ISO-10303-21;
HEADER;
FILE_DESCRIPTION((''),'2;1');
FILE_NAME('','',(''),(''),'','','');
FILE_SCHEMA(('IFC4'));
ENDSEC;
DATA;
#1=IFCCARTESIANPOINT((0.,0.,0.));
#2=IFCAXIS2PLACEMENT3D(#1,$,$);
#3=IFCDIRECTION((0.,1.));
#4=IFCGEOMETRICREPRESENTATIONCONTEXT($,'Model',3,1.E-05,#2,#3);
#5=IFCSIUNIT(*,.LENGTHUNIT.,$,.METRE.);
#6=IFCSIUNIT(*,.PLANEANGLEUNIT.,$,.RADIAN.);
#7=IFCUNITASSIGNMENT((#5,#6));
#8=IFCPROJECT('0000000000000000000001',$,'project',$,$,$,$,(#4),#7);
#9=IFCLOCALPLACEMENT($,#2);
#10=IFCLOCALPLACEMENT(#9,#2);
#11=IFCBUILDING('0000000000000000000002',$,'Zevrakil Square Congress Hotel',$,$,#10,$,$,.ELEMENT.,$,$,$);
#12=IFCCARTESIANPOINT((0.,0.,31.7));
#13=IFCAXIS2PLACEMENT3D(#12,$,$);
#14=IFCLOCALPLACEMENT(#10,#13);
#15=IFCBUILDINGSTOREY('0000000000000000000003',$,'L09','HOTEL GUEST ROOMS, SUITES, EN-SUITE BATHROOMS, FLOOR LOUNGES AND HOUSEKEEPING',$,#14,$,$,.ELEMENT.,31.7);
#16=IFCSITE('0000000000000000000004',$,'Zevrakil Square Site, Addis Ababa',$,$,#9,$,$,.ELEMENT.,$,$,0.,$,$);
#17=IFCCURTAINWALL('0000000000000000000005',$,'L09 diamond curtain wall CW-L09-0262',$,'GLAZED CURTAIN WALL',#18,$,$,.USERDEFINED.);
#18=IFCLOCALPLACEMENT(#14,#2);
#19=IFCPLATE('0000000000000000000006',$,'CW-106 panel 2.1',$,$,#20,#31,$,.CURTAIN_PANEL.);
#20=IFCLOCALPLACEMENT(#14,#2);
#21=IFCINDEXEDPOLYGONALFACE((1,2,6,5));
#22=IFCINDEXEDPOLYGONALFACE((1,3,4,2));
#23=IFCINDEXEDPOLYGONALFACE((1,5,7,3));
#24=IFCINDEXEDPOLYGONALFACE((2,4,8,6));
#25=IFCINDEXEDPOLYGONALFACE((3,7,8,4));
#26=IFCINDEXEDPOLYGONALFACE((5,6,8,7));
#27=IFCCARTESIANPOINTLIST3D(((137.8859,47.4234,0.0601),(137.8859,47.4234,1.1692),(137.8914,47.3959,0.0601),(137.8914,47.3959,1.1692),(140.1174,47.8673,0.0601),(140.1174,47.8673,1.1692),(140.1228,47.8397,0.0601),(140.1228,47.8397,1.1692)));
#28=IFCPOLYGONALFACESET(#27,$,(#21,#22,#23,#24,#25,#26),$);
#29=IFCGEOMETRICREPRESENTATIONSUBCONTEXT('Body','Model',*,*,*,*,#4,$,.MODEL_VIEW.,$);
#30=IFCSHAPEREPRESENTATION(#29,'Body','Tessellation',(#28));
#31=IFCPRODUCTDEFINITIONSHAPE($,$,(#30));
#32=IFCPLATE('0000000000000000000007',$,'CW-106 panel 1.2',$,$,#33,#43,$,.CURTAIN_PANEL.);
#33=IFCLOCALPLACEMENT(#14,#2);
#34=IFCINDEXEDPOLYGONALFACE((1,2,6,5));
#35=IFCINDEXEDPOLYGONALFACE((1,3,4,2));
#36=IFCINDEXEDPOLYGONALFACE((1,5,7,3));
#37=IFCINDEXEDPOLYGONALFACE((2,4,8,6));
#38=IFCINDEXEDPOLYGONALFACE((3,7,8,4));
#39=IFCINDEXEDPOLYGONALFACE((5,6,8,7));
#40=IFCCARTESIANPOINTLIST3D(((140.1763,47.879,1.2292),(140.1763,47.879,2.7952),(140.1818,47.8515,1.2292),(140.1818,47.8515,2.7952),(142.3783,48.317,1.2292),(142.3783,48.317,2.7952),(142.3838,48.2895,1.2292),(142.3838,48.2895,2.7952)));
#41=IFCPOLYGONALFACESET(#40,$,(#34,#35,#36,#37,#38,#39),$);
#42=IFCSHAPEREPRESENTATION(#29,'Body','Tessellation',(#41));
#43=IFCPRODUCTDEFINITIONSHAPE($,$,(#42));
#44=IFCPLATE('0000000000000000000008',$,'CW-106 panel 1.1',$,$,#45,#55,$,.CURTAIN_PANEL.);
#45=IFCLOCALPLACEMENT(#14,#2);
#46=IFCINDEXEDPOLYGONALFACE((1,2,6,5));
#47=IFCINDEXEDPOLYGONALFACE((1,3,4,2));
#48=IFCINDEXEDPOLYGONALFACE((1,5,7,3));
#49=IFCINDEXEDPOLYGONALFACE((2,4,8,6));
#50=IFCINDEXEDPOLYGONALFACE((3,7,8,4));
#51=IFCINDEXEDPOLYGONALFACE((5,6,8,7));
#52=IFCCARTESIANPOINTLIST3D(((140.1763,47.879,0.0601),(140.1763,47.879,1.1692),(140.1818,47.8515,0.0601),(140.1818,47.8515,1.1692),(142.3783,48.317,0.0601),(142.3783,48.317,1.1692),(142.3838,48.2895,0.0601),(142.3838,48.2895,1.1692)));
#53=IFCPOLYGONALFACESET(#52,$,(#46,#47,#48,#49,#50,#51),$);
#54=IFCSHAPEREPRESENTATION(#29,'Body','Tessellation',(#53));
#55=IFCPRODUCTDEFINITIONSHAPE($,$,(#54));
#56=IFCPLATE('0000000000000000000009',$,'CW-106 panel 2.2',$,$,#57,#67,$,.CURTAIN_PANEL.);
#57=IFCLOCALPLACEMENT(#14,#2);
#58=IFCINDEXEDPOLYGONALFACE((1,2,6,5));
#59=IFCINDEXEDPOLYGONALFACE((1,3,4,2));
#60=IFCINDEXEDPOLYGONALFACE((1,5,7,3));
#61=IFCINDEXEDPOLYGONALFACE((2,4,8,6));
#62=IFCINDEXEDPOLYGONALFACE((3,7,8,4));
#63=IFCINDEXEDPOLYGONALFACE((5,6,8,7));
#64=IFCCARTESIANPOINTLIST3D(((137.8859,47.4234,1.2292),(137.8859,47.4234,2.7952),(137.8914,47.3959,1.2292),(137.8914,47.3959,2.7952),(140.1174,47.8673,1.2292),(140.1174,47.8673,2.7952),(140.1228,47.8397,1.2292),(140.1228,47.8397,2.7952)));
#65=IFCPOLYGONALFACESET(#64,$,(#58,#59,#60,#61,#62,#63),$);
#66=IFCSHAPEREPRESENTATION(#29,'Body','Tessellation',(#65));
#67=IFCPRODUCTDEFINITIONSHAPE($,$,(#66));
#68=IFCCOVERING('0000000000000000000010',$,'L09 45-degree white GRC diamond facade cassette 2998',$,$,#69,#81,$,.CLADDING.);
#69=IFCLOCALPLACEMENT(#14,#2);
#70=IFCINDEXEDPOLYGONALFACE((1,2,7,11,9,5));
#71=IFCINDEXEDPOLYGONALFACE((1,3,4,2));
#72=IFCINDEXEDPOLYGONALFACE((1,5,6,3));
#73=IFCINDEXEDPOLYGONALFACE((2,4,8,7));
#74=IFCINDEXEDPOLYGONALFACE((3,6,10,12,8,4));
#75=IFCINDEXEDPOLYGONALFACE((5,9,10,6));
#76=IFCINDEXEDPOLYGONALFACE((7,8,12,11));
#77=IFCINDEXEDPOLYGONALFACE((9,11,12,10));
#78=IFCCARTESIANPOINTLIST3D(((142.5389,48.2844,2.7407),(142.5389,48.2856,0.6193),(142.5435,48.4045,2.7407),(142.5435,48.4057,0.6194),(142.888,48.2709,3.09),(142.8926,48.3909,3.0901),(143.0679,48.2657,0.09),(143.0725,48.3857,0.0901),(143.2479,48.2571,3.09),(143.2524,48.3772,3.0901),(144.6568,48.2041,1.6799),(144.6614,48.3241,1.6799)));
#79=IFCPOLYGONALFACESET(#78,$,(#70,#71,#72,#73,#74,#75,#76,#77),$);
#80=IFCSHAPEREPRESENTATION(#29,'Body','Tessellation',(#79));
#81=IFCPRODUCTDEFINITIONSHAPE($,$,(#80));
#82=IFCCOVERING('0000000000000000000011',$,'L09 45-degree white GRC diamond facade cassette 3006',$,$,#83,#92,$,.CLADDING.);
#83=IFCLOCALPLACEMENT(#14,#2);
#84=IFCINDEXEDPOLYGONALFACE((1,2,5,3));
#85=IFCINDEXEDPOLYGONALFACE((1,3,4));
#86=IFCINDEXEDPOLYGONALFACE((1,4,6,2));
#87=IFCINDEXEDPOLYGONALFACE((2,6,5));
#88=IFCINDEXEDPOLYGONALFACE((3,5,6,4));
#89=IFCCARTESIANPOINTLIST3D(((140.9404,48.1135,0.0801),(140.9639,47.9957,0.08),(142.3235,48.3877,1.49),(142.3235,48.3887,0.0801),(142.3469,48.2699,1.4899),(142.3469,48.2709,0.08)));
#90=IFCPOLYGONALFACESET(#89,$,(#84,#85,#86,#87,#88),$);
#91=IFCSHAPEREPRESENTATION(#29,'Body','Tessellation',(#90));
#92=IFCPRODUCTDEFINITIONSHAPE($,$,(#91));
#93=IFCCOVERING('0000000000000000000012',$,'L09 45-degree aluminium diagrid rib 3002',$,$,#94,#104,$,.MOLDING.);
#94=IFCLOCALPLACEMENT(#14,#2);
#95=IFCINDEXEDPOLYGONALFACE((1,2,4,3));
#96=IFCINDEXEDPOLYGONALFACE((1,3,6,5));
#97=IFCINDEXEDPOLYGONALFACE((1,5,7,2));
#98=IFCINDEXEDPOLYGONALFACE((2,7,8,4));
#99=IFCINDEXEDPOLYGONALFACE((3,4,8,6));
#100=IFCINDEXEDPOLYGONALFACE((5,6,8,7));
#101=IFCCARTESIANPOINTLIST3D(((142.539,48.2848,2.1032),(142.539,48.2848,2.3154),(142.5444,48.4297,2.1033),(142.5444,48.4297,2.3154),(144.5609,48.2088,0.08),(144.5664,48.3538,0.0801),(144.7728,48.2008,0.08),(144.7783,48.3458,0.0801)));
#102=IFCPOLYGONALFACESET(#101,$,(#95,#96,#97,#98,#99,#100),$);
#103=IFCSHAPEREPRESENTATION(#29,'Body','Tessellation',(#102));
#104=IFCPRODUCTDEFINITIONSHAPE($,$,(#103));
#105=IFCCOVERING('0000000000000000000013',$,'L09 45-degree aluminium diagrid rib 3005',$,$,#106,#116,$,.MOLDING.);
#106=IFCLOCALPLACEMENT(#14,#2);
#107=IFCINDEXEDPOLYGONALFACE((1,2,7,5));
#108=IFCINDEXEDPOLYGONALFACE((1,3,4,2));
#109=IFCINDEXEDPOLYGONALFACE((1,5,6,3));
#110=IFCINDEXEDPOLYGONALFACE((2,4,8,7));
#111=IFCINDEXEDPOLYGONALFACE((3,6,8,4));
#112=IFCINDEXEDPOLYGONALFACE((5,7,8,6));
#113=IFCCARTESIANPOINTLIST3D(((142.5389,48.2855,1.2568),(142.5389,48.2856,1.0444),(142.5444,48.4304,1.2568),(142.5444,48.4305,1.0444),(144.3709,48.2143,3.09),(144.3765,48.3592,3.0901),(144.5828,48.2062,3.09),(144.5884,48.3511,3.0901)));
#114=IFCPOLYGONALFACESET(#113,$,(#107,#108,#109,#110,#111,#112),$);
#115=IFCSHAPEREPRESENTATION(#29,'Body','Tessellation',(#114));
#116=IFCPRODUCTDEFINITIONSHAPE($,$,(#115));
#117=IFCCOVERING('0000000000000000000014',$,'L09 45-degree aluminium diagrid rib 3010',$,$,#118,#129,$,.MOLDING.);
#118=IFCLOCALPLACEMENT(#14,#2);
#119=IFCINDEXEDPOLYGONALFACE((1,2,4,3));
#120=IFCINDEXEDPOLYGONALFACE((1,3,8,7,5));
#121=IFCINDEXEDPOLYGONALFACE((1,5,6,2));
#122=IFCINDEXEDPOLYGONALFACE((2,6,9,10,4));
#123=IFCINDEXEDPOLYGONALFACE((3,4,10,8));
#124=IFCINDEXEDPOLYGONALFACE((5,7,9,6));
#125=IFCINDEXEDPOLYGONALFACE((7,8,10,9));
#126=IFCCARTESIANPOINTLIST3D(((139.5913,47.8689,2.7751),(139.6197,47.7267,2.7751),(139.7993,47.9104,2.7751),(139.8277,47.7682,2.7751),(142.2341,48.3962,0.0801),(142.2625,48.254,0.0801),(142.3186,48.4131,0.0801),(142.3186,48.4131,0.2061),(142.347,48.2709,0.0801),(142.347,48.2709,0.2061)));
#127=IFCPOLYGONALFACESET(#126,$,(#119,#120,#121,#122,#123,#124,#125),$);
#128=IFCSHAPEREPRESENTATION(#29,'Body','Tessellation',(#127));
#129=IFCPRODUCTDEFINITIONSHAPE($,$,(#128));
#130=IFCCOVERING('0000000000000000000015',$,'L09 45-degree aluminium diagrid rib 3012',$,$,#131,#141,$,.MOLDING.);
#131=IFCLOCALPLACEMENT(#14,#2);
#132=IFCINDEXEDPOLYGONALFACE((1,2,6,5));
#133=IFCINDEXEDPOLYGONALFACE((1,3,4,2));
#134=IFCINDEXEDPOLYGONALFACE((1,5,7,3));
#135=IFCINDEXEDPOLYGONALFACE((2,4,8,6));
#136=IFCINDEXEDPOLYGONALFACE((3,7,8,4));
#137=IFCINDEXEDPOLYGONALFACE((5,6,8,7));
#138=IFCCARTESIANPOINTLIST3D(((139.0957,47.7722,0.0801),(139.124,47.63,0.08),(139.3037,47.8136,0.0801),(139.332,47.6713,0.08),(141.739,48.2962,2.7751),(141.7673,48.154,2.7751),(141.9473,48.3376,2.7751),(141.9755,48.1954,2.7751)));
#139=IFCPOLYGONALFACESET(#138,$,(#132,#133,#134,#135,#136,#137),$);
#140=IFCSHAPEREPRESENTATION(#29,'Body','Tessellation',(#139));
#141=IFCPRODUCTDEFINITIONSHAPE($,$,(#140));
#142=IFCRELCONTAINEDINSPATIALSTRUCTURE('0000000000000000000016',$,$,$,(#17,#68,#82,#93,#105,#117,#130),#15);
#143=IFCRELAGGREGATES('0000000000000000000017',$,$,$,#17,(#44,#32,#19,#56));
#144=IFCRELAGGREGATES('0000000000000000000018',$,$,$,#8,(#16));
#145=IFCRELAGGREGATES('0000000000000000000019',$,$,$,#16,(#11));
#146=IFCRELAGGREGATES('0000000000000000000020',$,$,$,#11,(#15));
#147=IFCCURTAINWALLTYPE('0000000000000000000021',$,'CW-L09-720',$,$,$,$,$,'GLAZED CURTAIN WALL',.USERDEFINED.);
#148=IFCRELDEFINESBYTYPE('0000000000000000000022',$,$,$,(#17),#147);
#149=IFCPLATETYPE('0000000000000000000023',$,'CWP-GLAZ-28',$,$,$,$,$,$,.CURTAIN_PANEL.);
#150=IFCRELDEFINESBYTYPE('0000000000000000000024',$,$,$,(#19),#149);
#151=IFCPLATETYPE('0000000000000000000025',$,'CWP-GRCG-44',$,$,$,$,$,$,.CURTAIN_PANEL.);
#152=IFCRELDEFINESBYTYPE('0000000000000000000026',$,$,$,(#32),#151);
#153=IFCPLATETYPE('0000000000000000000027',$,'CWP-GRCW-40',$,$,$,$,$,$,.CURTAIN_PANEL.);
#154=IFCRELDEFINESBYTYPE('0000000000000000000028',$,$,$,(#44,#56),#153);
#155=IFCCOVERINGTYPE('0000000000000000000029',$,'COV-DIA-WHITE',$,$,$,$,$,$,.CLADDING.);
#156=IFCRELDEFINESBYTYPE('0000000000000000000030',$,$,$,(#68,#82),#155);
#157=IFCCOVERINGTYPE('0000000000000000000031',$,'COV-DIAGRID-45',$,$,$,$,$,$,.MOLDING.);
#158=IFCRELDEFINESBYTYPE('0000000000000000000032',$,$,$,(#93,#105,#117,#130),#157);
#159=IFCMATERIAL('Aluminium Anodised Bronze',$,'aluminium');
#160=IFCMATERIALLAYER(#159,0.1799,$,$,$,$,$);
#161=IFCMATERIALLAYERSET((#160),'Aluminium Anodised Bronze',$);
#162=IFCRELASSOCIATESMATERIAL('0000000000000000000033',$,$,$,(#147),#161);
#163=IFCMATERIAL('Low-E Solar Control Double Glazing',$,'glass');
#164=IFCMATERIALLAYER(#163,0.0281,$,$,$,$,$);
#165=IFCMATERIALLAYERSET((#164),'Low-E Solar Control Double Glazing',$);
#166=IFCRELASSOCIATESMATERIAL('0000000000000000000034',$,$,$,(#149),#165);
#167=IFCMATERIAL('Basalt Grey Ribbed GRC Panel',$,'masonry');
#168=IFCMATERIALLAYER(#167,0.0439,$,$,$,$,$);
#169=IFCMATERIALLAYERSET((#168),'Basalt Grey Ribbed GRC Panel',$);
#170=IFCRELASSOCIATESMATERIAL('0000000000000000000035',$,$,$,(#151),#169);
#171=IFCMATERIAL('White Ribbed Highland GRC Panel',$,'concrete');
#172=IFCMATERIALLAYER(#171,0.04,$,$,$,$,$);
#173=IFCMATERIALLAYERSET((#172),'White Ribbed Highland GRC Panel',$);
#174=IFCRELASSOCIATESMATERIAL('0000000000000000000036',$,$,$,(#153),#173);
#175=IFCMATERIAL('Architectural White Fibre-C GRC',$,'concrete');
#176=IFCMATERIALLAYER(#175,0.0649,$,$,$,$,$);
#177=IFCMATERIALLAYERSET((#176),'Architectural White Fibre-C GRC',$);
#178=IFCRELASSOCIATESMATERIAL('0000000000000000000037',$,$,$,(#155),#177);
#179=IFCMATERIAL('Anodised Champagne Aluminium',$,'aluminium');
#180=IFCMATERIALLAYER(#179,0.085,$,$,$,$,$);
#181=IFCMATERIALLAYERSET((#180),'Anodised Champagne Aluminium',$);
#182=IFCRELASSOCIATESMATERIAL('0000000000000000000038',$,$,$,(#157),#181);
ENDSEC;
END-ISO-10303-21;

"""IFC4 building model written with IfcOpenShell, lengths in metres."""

from ifc_helpers import new_model, si_unit, direction, frame, origin, origin_2d, place, context, subcontext, project, spatial, polyline, rectangle, outline, extrude, material, layer, layer_set, type_object, element, aggregate, save


model = new_model("IFC4")

# Units and contexts
model_context = context("Model", 3, precision=1e-05, world=origin(), true_north=direction((0.0, 1.0)))
body_context = subcontext(model_context, "Body", "Model", "MODEL_VIEW")
ifc_project = project(units=[si_unit("LENGTHUNIT", "METRE"), si_unit("PLANEANGLEUNIT", "RADIAN")], contexts=[model_context])

# Site, building, storey
site_placement = place(None, origin())
site = spatial("IfcSite", under=ifc_project, at=site_placement, Name="Zevrakil Square Site, Addis Ababa", CompositionType="ELEMENT", RefElevation=0.0)
building_placement = place(site_placement, origin())
building = spatial("IfcBuilding", under=site, at=building_placement, Name="Zevrakil Square Congress Hotel", CompositionType="ELEMENT")
storey_placement = place(building_placement, frame((0.0, 0.0, 31.7)))
storey = spatial("IfcBuildingStorey", under=building, at=storey_placement, Name="L09", Description="HOTEL GUEST ROOMS, SUITES, EN-SUITE BATHROOMS, FLOOR LOUNGES AND HOUSEKEEPING", CompositionType="ELEMENT", Elevation=31.7)

# Curtain wall
ifc_material_1 = material(Name="Aluminium Anodised Bronze", Category="aluminium")
ifc_layer_1 = layer(ifc_material_1, 0.1799)
ifc_layer_set_1 = layer_set([ifc_layer_1], Name="Aluminium Anodised Bronze")
curtain_wall_type_1 = type_object("IfcCurtainWallType", Name="CW-L09-720", ElementType="GLAZED CURTAIN WALL", PredefinedType="USERDEFINED", material=ifc_layer_set_1)
curtain_wall_1_placement = place(storey_placement, origin())
curtain_wall_1 = element("IfcCurtainWall", 1, at=curtain_wall_1_placement, inside=storey, type_object=curtain_wall_type_1, Name="L09 diamond curtain wall CW-L09-0262", ObjectType="GLAZED CURTAIN WALL", PredefinedType="USERDEFINED")

# Plates
ifc_material_2 = material(Name="Low-E Solar Control Double Glazing", Category="glass")
ifc_layer_2 = layer(ifc_material_2, 0.0281)
ifc_layer_set_2 = layer_set([ifc_layer_2], Name="Low-E Solar Control Double Glazing")
plate_type_1 = type_object("IfcPlateType", Name="CWP-GLAZ-28", PredefinedType="CURTAIN_PANEL", material=ifc_layer_set_2)
plate_1_placement = place(storey_placement, frame((139.0044, 47.6316, 0.0601), z_axis=(0.0, 0.0, 1.0), x_axis=(-0.980787, -0.195084, 0.0)))
plate_1 = element("IfcPlate", 2, at=plate_1_placement, type_object=plate_type_1, Name="CW-106 panel 2.1", PredefinedType="CURTAIN_PANEL", context=body_context, shape_type="SweptSolid", body=[
    extrude(rectangle(XDim=2.2751, YDim=0.0281, at=origin_2d()), origin(), (0.0, 0.0, 1.0), 1.1091),
])
ifc_material_3 = material(Name="Basalt Grey Ribbed GRC Panel", Category="masonry")
ifc_layer_3 = layer(ifc_material_3, 0.0439)
ifc_layer_set_3 = layer_set([ifc_layer_3], Name="Basalt Grey Ribbed GRC Panel")
plate_type_2 = type_object("IfcPlateType", Name="CWP-GRCG-44", PredefinedType="CURTAIN_PANEL", material=ifc_layer_set_3)
plate_2_placement = place(storey_placement, frame((141.28, 48.0842, 1.2292), z_axis=(0.0, 0.0, 1.0), x_axis=(-0.980787, -0.195084, 0.0)))
plate_2 = element("IfcPlate", 3, at=plate_2_placement, type_object=plate_type_2, Name="CW-106 panel 1.2", PredefinedType="CURTAIN_PANEL", context=body_context, shape_type="SweptSolid", body=[
    extrude(rectangle(XDim=2.2451, YDim=0.0281, at=origin_2d()), origin(), (0.0, 0.0, 1.0), 1.5659),
])
ifc_material_4 = material(Name="White Ribbed Highland GRC Panel", Category="concrete")
ifc_layer_4 = layer(ifc_material_4, 0.04)
ifc_layer_set_4 = layer_set([ifc_layer_4], Name="White Ribbed Highland GRC Panel")
plate_type_3 = type_object("IfcPlateType", Name="CWP-GRCW-40", PredefinedType="CURTAIN_PANEL", material=ifc_layer_set_4)
plate_3_placement = place(storey_placement, frame((141.28, 48.0842, 0.0601), z_axis=(0.0, 0.0, 1.0), x_axis=(-0.980787, -0.195084, 0.0)))
plate_3 = element("IfcPlate", 4, at=plate_3_placement, type_object=plate_type_3, Name="CW-106 panel 1.1", PredefinedType="CURTAIN_PANEL", context=body_context, shape_type="SweptSolid", body=[
    extrude(rectangle(XDim=2.2451, YDim=0.0281, at=origin_2d()), origin(), (0.0, 0.0, 1.0), 1.1091),
])
plate_4_placement = place(storey_placement, frame((139.0044, 47.6316, 1.2292), z_axis=(0.0, 0.0, 1.0), x_axis=(-0.980787, -0.195084, 0.0)))
plate_4 = element("IfcPlate", 5, at=plate_4_placement, type_object=plate_type_3, Name="CW-106 panel 2.2", PredefinedType="CURTAIN_PANEL", context=body_context, shape_type="SweptSolid", body=[
    extrude(rectangle(XDim=2.2751, YDim=0.0281, at=origin_2d()), origin(), (0.0, 0.0, 1.0), 1.5659),
])
aggregate(curtain_wall_1, [plate_3, plate_2, plate_1, plate_4])

# Coverings
ifc_material_5 = material(Name="Architectural White Fibre-C GRC", Category="concrete")
ifc_layer_5 = layer(ifc_material_5, 0.0649)
ifc_layer_set_5 = layer_set([ifc_layer_5], Name="Architectural White Fibre-C GRC")
covering_type_1 = type_object("IfcCoveringType", Name="COV-DIA-WHITE", PredefinedType="CLADDING", material=ifc_layer_set_5)
covering_1_placement = place(storey_placement, frame((143.0725, 48.3857, 0.0901), z_axis=(0.038203, 0.99927, 0.000569), x_axis=(0.706623, -0.027418, 0.707059)))
element("IfcCovering", 6, at=covering_1_placement, inside=storey, type_object=covering_type_1, Name="L09 45-degree white GRC diamond facade cassette 2998", PredefinedType="CLADDING", context=body_context, shape_type="SweptSolid", body=[
    extrude(outline(polyline([(0.0, 0.0), (2.2485, 0.0), (2.2486, -1.9941), (1.9939, -2.2487), (1.4998, -2.2487), (-0.0001, -0.7486), (0.0, 0.0)])), origin(), (0.0, 0.0, -1.0), 0.1201),
])
covering_2_placement = place(storey_placement, frame((140.9404, 48.1135, 0.0801), z_axis=(-0.195117, 0.98078, 0.000679), x_axis=(0.98078, 0.195117, 0.0)))
element("IfcCovering", 7, at=covering_2_placement, inside=storey, type_object=covering_type_1, Name="L09 45-degree white GRC diamond facade cassette 3006", PredefinedType="CLADDING", context=body_context, shape_type="SweptSolid", body=[
    extrude(outline(polyline([(0.0, 0.0), (1.4102, 0.0), (1.41, -1.4099), (0.0, 0.0)])), origin(), (0.0, 0.0, -1.0), 0.1201),
])
ifc_material_6 = material(Name="Anodised Champagne Aluminium", Category="aluminium")
ifc_layer_6 = layer(ifc_material_6, 0.085)
ifc_layer_set_6 = layer_set([ifc_layer_6], Name="Anodised Champagne Aluminium")
covering_type_2 = type_object("IfcCoveringType", Name="COV-DIAGRID-45", PredefinedType="MOLDING", material=ifc_layer_set_6)
covering_3_placement = place(storey_placement, frame((144.5664, 48.3538, 0.0801), z_axis=(0.037769, 0.999286, 0.000222), x_axis=(0.999286, -0.037769, 0.0)))
element("IfcCovering", 8, at=covering_3_placement, inside=storey, type_object=covering_type_2, Name="L09 45-degree aluminium diagrid rib 3002", PredefinedType="MOLDING", context=body_context, shape_type="SweptSolid", body=[
    extrude(outline(polyline([(0.0, 0.0), (0.2121, 0.0), (-2.0234, -2.2354), (-2.0234, -2.0232), (0.0, 0.0)])), origin(), (0.0, 0.0, -1.0), 0.145),
])
covering_4_placement = place(storey_placement, frame((144.5884, 48.3511, 3.0901), z_axis=(0.038413, 0.999262, 0.000422), x_axis=(-0.999262, 0.038413, 0.0)))
element("IfcCovering", 9, at=covering_4_placement, inside=storey, type_object=covering_type_2, Name="L09 45-degree aluminium diagrid rib 3005", PredefinedType="MOLDING", context=body_context, shape_type="SweptSolid", body=[
    extrude(outline(polyline([(0.0, 0.0), (0.2121, 0.0), (2.0455, -1.8333), (2.0455, -2.0457), (0.0, 0.0)])), origin(), (0.0, 0.0, -1.0), 0.145),
])
covering_5_placement = place(storey_placement, frame((142.2341, 48.3962, 0.0801), z_axis=(-0.195654, 0.980673, 0.000025), x_axis=(0.980673, 0.195654, 0.0)))
element("IfcCovering", 10, at=covering_5_placement, inside=storey, type_object=covering_type_2, Name="L09 45-degree aluminium diagrid rib 3010", PredefinedType="MOLDING", context=body_context, shape_type="SweptSolid", body=[
    extrude(outline(polyline([(0.0, 0.0), (0.0861, 0.0), (0.0861, -0.126), (-2.4828, -2.6951), (-2.6949, -2.6951), (0.0, 0.0)])), origin(), (0.0, 0.0, -1.0), 0.145),
])
covering_6_placement = place(storey_placement, frame((141.9473, 48.3376, 2.7751), z_axis=(-0.19501, 0.980801, 0.00056), x_axis=(-0.980801, -0.19501, 0.0)))
element("IfcCovering", 11, at=covering_6_placement, inside=storey, type_object=covering_type_2, Name="L09 45-degree aluminium diagrid rib 3012", PredefinedType="MOLDING", context=body_context, shape_type="SweptSolid", body=[
    extrude(outline(polyline([(0.0, 0.0), (0.2123, 0.0), (2.9071, -2.6951), (2.695, -2.6951), (0.0, 0.0)])), origin(), (0.0, 0.0, -1.0), 0.145),
])

save(model, "model.ifc")
